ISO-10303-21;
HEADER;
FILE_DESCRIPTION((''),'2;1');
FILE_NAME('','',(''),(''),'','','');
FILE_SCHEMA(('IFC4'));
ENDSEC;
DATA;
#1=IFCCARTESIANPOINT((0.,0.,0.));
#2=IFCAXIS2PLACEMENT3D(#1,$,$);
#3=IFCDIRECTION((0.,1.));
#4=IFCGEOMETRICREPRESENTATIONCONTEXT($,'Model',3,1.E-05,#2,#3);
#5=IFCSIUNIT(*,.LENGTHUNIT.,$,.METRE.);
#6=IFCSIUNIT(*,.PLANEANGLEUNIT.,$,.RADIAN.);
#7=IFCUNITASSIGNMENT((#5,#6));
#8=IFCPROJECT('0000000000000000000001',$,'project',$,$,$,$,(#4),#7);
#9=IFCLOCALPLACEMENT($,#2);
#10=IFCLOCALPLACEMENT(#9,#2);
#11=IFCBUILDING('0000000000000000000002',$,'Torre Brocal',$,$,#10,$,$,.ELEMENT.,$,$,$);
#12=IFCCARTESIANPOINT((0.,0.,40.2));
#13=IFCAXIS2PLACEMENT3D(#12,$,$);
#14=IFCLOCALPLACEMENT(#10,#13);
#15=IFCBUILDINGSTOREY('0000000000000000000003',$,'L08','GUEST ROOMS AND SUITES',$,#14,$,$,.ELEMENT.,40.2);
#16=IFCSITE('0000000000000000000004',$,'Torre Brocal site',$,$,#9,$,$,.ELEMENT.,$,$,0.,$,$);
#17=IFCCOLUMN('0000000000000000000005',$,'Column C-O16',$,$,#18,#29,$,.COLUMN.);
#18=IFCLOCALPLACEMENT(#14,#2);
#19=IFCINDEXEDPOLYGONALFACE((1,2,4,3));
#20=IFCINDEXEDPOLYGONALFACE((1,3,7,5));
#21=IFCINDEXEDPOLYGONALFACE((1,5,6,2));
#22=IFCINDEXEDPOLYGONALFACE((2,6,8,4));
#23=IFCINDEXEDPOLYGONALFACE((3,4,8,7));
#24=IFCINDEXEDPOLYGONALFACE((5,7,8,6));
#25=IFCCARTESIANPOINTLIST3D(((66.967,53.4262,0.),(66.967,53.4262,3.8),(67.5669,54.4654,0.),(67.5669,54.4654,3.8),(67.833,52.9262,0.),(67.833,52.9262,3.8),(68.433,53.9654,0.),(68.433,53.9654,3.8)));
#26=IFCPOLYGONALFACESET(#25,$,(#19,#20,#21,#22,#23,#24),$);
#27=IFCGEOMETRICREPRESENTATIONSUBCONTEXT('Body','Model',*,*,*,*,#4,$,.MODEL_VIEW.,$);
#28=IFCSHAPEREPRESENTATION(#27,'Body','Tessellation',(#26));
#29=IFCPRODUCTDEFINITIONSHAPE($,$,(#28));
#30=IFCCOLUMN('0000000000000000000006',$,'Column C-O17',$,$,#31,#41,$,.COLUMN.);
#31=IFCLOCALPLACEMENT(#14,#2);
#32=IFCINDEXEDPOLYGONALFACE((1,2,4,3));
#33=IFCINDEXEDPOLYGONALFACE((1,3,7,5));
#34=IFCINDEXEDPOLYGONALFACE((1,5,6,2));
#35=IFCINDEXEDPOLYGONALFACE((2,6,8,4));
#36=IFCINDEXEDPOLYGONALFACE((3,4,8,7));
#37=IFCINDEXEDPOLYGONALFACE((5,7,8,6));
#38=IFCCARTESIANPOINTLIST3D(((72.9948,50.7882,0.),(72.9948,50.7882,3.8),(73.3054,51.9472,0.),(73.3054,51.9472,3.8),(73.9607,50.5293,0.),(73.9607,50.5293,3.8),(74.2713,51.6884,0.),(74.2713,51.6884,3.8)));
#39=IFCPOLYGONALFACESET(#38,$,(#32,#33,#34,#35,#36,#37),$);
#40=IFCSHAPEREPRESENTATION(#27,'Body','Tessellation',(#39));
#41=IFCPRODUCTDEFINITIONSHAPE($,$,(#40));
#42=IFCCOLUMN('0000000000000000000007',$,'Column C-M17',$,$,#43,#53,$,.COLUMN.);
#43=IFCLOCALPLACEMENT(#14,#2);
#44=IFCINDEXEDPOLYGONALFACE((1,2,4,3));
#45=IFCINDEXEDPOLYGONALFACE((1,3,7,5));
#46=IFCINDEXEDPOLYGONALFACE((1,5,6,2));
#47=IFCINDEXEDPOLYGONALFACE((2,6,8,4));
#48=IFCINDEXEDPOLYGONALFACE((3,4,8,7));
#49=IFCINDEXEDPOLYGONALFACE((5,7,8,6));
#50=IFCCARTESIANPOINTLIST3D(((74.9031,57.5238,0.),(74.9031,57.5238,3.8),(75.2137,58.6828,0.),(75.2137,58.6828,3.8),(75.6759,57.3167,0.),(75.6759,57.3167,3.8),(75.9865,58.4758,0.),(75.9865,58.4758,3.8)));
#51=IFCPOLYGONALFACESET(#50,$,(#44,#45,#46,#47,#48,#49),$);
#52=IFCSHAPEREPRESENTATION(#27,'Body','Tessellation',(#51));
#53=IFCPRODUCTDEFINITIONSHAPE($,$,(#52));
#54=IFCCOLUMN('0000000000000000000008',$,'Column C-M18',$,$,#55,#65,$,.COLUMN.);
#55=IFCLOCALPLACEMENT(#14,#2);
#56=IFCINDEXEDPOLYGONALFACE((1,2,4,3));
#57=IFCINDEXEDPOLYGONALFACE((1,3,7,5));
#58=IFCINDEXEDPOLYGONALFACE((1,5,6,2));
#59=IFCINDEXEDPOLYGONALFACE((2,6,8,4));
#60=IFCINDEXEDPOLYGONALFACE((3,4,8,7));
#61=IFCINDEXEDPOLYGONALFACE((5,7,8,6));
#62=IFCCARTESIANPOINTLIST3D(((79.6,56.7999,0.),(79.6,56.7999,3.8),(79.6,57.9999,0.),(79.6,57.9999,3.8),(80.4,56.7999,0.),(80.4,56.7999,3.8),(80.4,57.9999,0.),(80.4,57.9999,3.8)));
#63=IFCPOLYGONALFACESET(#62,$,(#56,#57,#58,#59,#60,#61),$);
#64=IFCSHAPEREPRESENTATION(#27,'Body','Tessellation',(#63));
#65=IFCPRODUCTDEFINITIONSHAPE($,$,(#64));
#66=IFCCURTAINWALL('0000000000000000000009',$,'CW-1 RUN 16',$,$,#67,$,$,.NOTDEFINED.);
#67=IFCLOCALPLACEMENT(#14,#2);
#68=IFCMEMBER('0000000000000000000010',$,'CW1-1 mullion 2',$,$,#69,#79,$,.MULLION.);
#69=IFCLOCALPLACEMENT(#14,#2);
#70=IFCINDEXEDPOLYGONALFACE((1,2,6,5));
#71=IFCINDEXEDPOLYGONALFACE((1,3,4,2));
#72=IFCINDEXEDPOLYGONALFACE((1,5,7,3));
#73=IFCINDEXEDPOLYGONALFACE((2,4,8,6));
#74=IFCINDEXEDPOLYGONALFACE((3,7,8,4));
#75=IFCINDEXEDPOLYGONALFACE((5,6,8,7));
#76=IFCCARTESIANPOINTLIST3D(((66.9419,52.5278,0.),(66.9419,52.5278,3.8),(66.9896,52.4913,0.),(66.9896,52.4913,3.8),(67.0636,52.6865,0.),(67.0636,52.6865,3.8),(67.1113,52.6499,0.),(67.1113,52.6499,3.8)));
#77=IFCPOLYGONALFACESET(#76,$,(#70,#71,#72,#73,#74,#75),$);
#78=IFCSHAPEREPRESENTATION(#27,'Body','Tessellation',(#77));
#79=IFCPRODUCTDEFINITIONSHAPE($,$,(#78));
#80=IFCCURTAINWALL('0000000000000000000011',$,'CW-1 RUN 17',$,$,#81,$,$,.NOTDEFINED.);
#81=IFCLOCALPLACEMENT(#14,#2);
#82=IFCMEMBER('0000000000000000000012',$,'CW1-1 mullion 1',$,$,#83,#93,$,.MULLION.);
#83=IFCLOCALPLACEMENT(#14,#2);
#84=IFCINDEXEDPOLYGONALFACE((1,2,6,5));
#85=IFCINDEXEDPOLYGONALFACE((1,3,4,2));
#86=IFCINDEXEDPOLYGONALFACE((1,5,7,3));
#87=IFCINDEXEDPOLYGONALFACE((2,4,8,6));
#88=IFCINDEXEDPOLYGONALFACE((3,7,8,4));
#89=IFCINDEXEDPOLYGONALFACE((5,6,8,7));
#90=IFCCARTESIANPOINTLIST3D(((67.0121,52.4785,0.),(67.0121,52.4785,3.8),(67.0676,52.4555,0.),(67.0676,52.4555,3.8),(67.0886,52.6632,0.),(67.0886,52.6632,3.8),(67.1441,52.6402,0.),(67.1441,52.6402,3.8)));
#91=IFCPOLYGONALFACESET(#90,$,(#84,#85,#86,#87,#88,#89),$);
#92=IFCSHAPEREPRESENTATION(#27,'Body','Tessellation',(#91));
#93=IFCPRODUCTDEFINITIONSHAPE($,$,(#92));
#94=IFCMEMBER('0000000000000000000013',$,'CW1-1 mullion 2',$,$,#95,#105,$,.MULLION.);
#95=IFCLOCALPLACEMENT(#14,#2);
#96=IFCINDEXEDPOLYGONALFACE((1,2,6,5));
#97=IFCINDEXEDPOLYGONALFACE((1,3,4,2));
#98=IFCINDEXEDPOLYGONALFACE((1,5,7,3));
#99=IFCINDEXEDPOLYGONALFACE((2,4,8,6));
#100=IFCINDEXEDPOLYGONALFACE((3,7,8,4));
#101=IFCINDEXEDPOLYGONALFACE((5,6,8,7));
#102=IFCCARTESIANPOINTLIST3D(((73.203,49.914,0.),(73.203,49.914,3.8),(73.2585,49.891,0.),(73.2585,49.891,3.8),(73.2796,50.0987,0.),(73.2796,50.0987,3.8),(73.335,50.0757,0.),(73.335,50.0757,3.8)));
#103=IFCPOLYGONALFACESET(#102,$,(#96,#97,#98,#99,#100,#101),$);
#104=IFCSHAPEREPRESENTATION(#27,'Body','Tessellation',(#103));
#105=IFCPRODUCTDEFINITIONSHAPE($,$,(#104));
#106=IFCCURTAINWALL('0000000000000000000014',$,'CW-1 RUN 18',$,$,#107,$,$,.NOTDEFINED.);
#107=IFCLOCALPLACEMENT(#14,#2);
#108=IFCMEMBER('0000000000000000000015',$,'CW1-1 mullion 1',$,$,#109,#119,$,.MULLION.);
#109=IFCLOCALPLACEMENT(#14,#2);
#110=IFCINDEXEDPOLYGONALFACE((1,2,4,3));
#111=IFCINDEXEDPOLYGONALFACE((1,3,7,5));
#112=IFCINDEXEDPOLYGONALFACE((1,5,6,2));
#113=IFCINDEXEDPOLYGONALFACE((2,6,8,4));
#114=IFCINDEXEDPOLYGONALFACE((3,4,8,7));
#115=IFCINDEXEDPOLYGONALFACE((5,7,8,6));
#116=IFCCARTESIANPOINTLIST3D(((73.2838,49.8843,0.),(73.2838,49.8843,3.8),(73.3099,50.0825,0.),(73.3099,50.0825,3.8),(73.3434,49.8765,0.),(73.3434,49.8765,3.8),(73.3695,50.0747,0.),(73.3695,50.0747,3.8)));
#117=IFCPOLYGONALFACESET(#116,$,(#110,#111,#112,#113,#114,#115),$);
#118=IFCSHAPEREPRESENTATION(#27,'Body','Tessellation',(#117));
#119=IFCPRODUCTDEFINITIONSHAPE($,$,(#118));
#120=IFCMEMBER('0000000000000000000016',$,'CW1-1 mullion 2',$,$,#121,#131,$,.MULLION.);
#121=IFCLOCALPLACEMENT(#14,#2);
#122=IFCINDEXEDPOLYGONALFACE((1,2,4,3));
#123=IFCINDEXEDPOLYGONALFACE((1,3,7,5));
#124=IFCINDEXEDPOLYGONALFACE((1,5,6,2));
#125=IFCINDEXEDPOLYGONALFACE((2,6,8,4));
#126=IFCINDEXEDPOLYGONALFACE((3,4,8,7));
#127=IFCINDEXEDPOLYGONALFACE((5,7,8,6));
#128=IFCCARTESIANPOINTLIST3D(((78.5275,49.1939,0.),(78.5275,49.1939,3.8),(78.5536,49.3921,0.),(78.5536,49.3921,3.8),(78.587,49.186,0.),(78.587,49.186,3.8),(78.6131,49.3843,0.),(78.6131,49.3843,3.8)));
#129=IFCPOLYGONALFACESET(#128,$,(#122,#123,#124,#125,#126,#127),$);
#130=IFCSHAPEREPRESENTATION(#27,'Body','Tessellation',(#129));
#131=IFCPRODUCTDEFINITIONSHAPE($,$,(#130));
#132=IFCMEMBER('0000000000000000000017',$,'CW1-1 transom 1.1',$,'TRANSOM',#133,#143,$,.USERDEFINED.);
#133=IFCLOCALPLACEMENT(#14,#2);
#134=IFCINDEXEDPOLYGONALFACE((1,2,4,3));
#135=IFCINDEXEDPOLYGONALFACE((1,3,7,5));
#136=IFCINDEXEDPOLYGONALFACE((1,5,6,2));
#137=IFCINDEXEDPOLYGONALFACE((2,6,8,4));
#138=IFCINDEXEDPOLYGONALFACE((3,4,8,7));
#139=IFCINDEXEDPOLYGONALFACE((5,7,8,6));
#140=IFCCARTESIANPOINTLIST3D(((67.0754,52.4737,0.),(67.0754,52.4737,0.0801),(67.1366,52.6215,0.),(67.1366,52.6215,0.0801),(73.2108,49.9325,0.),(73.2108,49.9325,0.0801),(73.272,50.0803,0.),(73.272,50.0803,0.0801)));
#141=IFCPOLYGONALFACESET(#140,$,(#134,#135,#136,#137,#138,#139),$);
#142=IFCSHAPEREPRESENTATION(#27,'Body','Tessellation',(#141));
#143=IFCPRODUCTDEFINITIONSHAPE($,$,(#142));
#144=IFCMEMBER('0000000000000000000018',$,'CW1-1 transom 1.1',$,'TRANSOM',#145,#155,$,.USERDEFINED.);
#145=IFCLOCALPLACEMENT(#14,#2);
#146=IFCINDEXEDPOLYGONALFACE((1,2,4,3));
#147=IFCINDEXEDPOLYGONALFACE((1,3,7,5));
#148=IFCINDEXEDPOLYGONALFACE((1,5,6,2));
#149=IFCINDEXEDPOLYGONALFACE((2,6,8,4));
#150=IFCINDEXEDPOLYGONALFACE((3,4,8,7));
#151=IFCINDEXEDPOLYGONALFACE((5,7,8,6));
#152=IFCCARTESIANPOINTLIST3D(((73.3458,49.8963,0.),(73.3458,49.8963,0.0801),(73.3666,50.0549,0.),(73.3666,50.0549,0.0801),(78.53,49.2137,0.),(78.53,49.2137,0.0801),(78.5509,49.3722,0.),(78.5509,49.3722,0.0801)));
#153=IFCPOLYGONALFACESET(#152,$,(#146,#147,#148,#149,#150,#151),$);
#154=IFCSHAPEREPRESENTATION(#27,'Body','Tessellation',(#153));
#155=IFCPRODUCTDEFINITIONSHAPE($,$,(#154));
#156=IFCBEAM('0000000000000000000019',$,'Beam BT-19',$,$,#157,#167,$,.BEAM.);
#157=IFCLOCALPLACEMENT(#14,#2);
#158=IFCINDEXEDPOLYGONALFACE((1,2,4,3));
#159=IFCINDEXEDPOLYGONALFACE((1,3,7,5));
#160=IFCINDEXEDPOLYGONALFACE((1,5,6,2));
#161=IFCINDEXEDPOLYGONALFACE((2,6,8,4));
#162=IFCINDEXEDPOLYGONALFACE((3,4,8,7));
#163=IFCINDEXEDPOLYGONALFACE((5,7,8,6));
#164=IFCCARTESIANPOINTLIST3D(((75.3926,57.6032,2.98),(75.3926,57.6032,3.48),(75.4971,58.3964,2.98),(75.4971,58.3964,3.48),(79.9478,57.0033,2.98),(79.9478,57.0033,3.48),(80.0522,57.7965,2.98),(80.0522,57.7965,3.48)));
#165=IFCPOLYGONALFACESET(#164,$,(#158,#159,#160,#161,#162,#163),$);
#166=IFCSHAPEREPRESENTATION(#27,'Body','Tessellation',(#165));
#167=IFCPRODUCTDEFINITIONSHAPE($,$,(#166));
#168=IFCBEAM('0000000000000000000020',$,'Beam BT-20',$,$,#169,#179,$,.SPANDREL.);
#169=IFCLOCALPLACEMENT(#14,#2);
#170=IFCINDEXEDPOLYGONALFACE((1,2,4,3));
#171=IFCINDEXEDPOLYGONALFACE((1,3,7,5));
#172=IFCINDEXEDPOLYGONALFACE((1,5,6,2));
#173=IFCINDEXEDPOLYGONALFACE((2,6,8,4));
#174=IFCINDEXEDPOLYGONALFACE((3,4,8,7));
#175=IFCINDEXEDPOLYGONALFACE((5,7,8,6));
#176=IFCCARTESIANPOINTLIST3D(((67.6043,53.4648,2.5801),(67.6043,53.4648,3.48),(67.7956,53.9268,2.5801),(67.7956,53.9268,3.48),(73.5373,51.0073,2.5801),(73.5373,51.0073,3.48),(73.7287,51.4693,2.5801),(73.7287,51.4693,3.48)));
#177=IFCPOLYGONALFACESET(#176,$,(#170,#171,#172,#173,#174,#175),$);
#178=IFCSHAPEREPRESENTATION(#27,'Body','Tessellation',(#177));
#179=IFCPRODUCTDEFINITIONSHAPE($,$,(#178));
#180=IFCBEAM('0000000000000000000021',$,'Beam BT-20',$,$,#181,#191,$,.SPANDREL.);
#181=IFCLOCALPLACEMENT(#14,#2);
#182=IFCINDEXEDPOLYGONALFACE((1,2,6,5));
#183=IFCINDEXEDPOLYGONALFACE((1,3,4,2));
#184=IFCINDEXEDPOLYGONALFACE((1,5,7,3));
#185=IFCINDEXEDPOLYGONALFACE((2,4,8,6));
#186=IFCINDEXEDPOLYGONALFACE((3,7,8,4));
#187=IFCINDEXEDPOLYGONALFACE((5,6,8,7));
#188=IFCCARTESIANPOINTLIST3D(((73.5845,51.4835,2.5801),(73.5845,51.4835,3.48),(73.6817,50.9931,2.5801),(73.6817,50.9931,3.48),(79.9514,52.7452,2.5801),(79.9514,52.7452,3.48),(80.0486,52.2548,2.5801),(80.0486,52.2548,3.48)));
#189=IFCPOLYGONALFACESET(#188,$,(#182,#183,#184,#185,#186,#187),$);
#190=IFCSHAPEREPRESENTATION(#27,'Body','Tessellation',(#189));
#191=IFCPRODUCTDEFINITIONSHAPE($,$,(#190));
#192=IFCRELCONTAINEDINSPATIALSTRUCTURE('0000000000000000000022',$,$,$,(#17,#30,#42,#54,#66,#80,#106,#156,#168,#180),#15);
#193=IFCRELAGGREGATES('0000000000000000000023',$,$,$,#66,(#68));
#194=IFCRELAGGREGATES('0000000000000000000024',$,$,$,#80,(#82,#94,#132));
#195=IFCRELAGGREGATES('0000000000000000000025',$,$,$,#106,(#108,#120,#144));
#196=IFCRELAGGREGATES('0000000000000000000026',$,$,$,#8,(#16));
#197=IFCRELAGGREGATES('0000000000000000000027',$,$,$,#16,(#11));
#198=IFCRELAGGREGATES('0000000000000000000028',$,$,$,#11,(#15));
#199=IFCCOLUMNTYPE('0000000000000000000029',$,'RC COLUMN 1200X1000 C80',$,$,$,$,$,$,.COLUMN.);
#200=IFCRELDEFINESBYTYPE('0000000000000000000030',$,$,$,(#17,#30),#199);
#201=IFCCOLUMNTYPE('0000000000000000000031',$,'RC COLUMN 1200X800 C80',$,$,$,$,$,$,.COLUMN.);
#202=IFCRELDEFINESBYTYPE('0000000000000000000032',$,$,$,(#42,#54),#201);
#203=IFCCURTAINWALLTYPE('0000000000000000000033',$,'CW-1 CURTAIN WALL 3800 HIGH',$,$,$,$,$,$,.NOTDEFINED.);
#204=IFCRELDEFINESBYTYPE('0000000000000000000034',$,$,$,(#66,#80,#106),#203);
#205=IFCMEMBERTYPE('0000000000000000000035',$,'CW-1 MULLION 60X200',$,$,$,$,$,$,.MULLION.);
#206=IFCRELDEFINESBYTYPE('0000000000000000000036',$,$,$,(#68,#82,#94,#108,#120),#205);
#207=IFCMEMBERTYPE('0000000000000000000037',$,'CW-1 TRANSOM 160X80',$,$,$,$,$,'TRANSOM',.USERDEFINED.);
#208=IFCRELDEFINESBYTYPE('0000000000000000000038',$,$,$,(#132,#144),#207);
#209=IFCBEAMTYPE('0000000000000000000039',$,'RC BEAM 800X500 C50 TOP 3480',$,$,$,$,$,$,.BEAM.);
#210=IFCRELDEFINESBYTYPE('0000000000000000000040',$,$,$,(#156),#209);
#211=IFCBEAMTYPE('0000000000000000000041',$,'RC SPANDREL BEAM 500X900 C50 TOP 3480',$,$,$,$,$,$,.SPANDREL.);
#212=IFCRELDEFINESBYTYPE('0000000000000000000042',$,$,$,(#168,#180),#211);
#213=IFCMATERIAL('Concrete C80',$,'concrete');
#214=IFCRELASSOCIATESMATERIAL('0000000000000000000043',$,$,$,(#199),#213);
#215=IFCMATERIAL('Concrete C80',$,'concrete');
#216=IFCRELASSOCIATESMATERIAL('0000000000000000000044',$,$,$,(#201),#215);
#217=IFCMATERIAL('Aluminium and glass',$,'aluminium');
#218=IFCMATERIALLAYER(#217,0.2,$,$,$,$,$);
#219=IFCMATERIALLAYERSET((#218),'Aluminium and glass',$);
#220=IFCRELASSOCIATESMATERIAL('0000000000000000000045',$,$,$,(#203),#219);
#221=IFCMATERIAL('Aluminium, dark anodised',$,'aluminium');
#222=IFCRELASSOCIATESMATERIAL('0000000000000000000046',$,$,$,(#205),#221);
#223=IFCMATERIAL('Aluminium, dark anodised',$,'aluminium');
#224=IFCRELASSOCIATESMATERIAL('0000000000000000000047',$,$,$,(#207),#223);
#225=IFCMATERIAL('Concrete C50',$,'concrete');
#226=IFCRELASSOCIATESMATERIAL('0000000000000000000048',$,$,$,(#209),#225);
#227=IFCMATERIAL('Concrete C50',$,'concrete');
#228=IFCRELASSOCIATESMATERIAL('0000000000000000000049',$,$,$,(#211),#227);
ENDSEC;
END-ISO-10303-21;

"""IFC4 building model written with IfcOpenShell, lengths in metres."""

from ifc_helpers import new_model, si_unit, direction, frame, origin, origin_2d, place, context, subcontext, project, spatial, rectangle, extrude, material, layer, layer_set, material_profile, profile_set, type_object, element, aggregate, save


model = new_model("IFC4")

# Units and contexts
model_context = context("Model", 3, precision=1e-05, world=origin(), true_north=direction((0.0, 1.0)))
body_context = subcontext(model_context, "Body", "Model", "MODEL_VIEW")
ifc_project = project(units=[si_unit("LENGTHUNIT", "METRE"), si_unit("PLANEANGLEUNIT", "RADIAN")], contexts=[model_context])

# Site, building, storey
site_placement = place(None, origin())
site = spatial("IfcSite", under=ifc_project, at=site_placement, Name="Torre Brocal site", CompositionType="ELEMENT", RefElevation=0.0)
building_placement = place(site_placement, origin())
building = spatial("IfcBuilding", under=site, at=building_placement, Name="Torre Brocal", CompositionType="ELEMENT")
storey_placement = place(building_placement, frame((0.0, 0.0, 40.2)))
storey = spatial("IfcBuildingStorey", under=building, at=storey_placement, Name="L08", Description="GUEST ROOMS AND SUITES", CompositionType="ELEMENT", Elevation=40.2)

# Columns
ifc_material_1 = material(Name="Concrete C80", Category="concrete")
ifc_material_profile_1 = material_profile(ifc_material_1, rectangle(XDim=1.2, YDim=1.0, at=origin_2d()), Name="RC 1200X1000")
ifc_profile_set_1 = profile_set([ifc_material_profile_1], Name="Concrete C80")
column_type_1 = type_object("IfcColumnType", Name="RC COLUMN 1200X1000 C80", PredefinedType="COLUMN", material=ifc_profile_set_1)
for number, where, z_axis, x_axis, name in (
    (1, (67.7, 53.6958, 0.0), (0.0, 0.0, 1.0), (-0.5, -0.866025, 0.0), "Column C-O16"),
    (2, (73.6331, 51.2383, 0.0), (0.0, 0.0, 1.0), (-0.258819, -0.965926, 0.0), "Column C-O17"),
):
    element("IfcColumn", number, at=place(storey_placement, frame(where, z_axis=z_axis, x_axis=x_axis)), inside=storey, type_object=column_type_1, Name=name, PredefinedType="COLUMN", context=body_context, shape_type="SweptSolid", body=[
        extrude(rectangle(XDim=1.2, YDim=1.0, at=origin_2d()), origin(), (0.0, 0.0, 1.0), 3.8),
    ])
ifc_material_2 = material(Name="Concrete C80", Category="concrete")
ifc_material_profile_2 = material_profile(ifc_material_2, rectangle(XDim=1.2, YDim=0.8, at=origin_2d()), Name="RC 1200X800")
ifc_profile_set_2 = profile_set([ifc_material_profile_2], Name="Concrete C80")
column_type_2 = type_object("IfcColumnType", Name="RC COLUMN 1200X800 C80", PredefinedType="COLUMN", material=ifc_profile_set_2)
for number, where, z_axis, x_axis, name in (
    (3, (75.4448, 57.9998, 0.0), (0.0, 0.0, 1.0), (-0.258819, -0.965926, 0.0), "Column C-M17"),
    (4, (80.0, 57.3999, 0.0), (0.0, 0.0, 1.0), (0.0, -1.0, 0.0), "Column C-M18"),
):
    element("IfcColumn", number, at=place(storey_placement, frame(where, z_axis=z_axis, x_axis=x_axis)), inside=storey, type_object=column_type_2, Name=name, PredefinedType="COLUMN", context=body_context, shape_type="SweptSolid", body=[
        extrude(rectangle(XDim=1.2, YDim=0.8, at=origin_2d()), origin(), (0.0, 0.0, 1.0), 3.8),
    ])

# Curtain wall, member
ifc_material_3 = material(Name="Aluminium and glass", Category="aluminium")
ifc_layer_1 = layer(ifc_material_3, 0.2)
ifc_layer_set_1 = layer_set([ifc_layer_1], Name="Aluminium and glass")
curtain_wall_type = type_object("IfcCurtainWallType", Name="CW-1 CURTAIN WALL 3800 HIGH", PredefinedType="NOTDEFINED", material=ifc_layer_set_1)
curtain_wall_1_placement = place(storey_placement, origin())
curtain_wall_1 = element("IfcCurtainWall", 5, at=curtain_wall_1_placement, inside=storey, type_object=curtain_wall_type, Name="CW-1 RUN 16", PredefinedType="NOTDEFINED")
ifc_material_4 = material(Name="Aluminium, dark anodised", Category="aluminium")
ifc_material_profile_3 = material_profile(ifc_material_4, rectangle(XDim=0.2, YDim=0.0601, at=origin_2d()), Name="CW-1 MULLION 60X200")
ifc_profile_set_3 = profile_set([ifc_material_profile_3], Name="Aluminium, dark anodised")
member_type_1 = type_object("IfcMemberType", Name="CW-1 MULLION 60X200", PredefinedType="MULLION", material=ifc_profile_set_3)
member_1_placement = place(storey_placement, frame((67.0266, 52.5889, 0.0), z_axis=(0.0, 0.0, 1.0), x_axis=(0.608761, 0.793353, 0.0)))
member_1 = element("IfcMember", 6, at=member_1_placement, type_object=member_type_1, Name="CW1-1 mullion 2", PredefinedType="MULLION", context=body_context, shape_type="SweptSolid", body=[
    extrude(rectangle(XDim=0.2, YDim=0.0601, at=origin_2d()), origin(), (0.0, 0.0, 1.0), 3.8),
])
aggregate(curtain_wall_1, [member_1])

# Curtain walls, members
curtain_wall_2_placement = place(storey_placement, origin())
curtain_wall_2 = element("IfcCurtainWall", 7, at=curtain_wall_2_placement, inside=storey, type_object=curtain_wall_type, Name="CW-1 RUN 17", PredefinedType="NOTDEFINED")
member_2_placement = place(storey_placement, frame((67.0781, 52.5593, 0.0), z_axis=(0.0, 0.0, 1.0), x_axis=(0.382683, 0.92388, 0.0)))
member_2 = element("IfcMember", 8, at=member_2_placement, type_object=member_type_1, Name="CW1-1 mullion 1", PredefinedType="MULLION", context=body_context, shape_type="SweptSolid", body=[
    extrude(rectangle(XDim=0.2, YDim=0.0601, at=origin_2d()), origin(), (0.0, 0.0, 1.0), 3.8),
])
member_3_placement = place(storey_placement, frame((73.269, 49.9949, 0.0), z_axis=(0.0, 0.0, 1.0), x_axis=(0.382683, 0.92388, 0.0)))
member_3 = element("IfcMember", 9, at=member_3_placement, type_object=member_type_1, Name="CW1-1 mullion 2", PredefinedType="MULLION", context=body_context, shape_type="SweptSolid", body=[
    extrude(rectangle(XDim=0.2, YDim=0.0601, at=origin_2d()), origin(), (0.0, 0.0, 1.0), 3.8),
])
curtain_wall_3_placement = place(storey_placement, origin())
curtain_wall_3 = element("IfcCurtainWall", 10, at=curtain_wall_3_placement, inside=storey, type_object=curtain_wall_type, Name="CW-1 RUN 18", PredefinedType="NOTDEFINED")
member_4_placement = place(storey_placement, frame((73.3267, 49.9795, 0.0), z_axis=(0.0, 0.0, 1.0), x_axis=(0.130526, 0.991445, 0.0)))
member_4 = element("IfcMember", 11, at=member_4_placement, type_object=member_type_1, Name="CW1-1 mullion 1", PredefinedType="MULLION", context=body_context, shape_type="SweptSolid", body=[
    extrude(rectangle(XDim=0.2, YDim=0.0601, at=origin_2d()), origin(), (0.0, 0.0, 1.0), 3.8),
])
member_5_placement = place(storey_placement, frame((78.5703, 49.2891, 0.0), z_axis=(0.0, 0.0, 1.0), x_axis=(0.130526, 0.991445, 0.0)))
member_5 = element("IfcMember", 12, at=member_5_placement, type_object=member_type_1, Name="CW1-1 mullion 2", PredefinedType="MULLION", context=body_context, shape_type="SweptSolid", body=[
    extrude(rectangle(XDim=0.2, YDim=0.0601, at=origin_2d()), origin(), (0.0, 0.0, 1.0), 3.8),
])

# Members
ifc_material_5 = material(Name="Aluminium, dark anodised", Category="aluminium")
ifc_material_profile_4 = material_profile(ifc_material_5, rectangle(XDim=0.1599, YDim=0.0801, at=origin_2d()), Name="CW-1 TRANSOM 160X80")
ifc_profile_set_4 = profile_set([ifc_material_profile_4], Name="Aluminium, dark anodised")
member_type_2 = type_object("IfcMemberType", Name="CW-1 TRANSOM 160X80", ElementType="TRANSOM", PredefinedType="USERDEFINED", material=ifc_profile_set_4)
member_6_placement = place(storey_placement, frame((67.106, 52.5476, 0.04), z_axis=(0.923887, -0.382665, 0.0), x_axis=(0.382665, 0.923887, 0.0)))
member_6 = element("IfcMember", 13, at=member_6_placement, type_object=member_type_2, Name="CW1-1 transom 1.1", ObjectType="TRANSOM", PredefinedType="USERDEFINED", context=body_context, shape_type="SweptSolid", body=[
    extrude(rectangle(XDim=0.1599, YDim=0.0801, at=origin_2d()), origin(), (0.0, 0.0, 1.0), 6.6409),
])
member_7_placement = place(storey_placement, frame((73.3562, 49.9756, 0.04), z_axis=(0.991443, -0.130543, 0.0), x_axis=(0.130543, 0.991443, 0.0)))
member_7 = element("IfcMember", 14, at=member_7_placement, type_object=member_type_2, Name="CW1-1 transom 1.1", ObjectType="TRANSOM", PredefinedType="USERDEFINED", context=body_context, shape_type="SweptSolid", body=[
    extrude(rectangle(XDim=0.1599, YDim=0.0801, at=origin_2d()), origin(), (0.0, 0.0, 1.0), 5.229),
])

# Beams
ifc_material_6 = material(Name="Concrete C50", Category="concrete")
ifc_material_profile_5 = material_profile(ifc_material_6, rectangle(XDim=0.8, YDim=0.5, at=origin_2d()), Name="RC 800X500")
ifc_profile_set_5 = profile_set([ifc_material_profile_5], Name="Concrete C50")
beam_type_1 = type_object("IfcBeamType", Name="RC BEAM 800X500 C50 TOP 3480", PredefinedType="BEAM", material=ifc_profile_set_5)
beam_1_placement = place(storey_placement, frame((75.4448, 57.9998, 3.23), z_axis=(0.991441, -0.130559, 0.0), x_axis=(0.130559, 0.991441, 0.0)))
element("IfcBeam", 15, at=beam_1_placement, inside=storey, type_object=beam_type_1, Name="Beam BT-19", PredefinedType="BEAM", context=body_context, shape_type="SweptSolid", body=[
    extrude(rectangle(XDim=0.8, YDim=0.5, at=origin_2d()), origin(), (0.0, 0.0, 1.0), 4.5945),
])
ifc_material_7 = material(Name="Concrete C50", Category="concrete")
ifc_material_profile_6 = material_profile(ifc_material_7, rectangle(XDim=0.5, YDim=0.8999, at=origin_2d()), Name="RC 500X900")
ifc_profile_set_6 = profile_set([ifc_material_profile_6], Name="Concrete C50")
beam_type_2 = type_object("IfcBeamType", Name="RC SPANDREL BEAM 500X900 C50 TOP 3480", PredefinedType="SPANDREL", material=ifc_profile_set_6)
beam_2_placement = place(storey_placement, frame((67.7, 53.6958, 3.03), z_axis=(0.923882, -0.382676, 0.0), x_axis=(0.382676, 0.923882, 0.0)))
element("IfcBeam", 16, at=beam_2_placement, inside=storey, type_object=beam_type_2, Name="Beam BT-20", PredefinedType="SPANDREL", context=body_context, shape_type="SweptSolid", body=[
    extrude(rectangle(XDim=0.5, YDim=0.8999, at=origin_2d()), origin(), (0.0, 0.0, 1.0), 6.4219),
])
beam_3_placement = place(storey_placement, frame((73.6331, 51.2383, 3.03), z_axis=(0.980925, 0.194387, 0.0), x_axis=(-0.194387, 0.980925, 0.0)))
element("IfcBeam", 17, at=beam_3_placement, inside=storey, type_object=beam_type_2, Name="Beam BT-20", PredefinedType="SPANDREL", context=body_context, shape_type="SweptSolid", body=[
    extrude(rectangle(XDim=0.5, YDim=0.8999, at=origin_2d()), origin(), (0.0, 0.0, 1.0), 6.4907),
])

aggregate(curtain_wall_2, [member_2, member_3, member_6])
aggregate(curtain_wall_3, [member_4, member_5, member_7])

save(model, "model.ifc")
